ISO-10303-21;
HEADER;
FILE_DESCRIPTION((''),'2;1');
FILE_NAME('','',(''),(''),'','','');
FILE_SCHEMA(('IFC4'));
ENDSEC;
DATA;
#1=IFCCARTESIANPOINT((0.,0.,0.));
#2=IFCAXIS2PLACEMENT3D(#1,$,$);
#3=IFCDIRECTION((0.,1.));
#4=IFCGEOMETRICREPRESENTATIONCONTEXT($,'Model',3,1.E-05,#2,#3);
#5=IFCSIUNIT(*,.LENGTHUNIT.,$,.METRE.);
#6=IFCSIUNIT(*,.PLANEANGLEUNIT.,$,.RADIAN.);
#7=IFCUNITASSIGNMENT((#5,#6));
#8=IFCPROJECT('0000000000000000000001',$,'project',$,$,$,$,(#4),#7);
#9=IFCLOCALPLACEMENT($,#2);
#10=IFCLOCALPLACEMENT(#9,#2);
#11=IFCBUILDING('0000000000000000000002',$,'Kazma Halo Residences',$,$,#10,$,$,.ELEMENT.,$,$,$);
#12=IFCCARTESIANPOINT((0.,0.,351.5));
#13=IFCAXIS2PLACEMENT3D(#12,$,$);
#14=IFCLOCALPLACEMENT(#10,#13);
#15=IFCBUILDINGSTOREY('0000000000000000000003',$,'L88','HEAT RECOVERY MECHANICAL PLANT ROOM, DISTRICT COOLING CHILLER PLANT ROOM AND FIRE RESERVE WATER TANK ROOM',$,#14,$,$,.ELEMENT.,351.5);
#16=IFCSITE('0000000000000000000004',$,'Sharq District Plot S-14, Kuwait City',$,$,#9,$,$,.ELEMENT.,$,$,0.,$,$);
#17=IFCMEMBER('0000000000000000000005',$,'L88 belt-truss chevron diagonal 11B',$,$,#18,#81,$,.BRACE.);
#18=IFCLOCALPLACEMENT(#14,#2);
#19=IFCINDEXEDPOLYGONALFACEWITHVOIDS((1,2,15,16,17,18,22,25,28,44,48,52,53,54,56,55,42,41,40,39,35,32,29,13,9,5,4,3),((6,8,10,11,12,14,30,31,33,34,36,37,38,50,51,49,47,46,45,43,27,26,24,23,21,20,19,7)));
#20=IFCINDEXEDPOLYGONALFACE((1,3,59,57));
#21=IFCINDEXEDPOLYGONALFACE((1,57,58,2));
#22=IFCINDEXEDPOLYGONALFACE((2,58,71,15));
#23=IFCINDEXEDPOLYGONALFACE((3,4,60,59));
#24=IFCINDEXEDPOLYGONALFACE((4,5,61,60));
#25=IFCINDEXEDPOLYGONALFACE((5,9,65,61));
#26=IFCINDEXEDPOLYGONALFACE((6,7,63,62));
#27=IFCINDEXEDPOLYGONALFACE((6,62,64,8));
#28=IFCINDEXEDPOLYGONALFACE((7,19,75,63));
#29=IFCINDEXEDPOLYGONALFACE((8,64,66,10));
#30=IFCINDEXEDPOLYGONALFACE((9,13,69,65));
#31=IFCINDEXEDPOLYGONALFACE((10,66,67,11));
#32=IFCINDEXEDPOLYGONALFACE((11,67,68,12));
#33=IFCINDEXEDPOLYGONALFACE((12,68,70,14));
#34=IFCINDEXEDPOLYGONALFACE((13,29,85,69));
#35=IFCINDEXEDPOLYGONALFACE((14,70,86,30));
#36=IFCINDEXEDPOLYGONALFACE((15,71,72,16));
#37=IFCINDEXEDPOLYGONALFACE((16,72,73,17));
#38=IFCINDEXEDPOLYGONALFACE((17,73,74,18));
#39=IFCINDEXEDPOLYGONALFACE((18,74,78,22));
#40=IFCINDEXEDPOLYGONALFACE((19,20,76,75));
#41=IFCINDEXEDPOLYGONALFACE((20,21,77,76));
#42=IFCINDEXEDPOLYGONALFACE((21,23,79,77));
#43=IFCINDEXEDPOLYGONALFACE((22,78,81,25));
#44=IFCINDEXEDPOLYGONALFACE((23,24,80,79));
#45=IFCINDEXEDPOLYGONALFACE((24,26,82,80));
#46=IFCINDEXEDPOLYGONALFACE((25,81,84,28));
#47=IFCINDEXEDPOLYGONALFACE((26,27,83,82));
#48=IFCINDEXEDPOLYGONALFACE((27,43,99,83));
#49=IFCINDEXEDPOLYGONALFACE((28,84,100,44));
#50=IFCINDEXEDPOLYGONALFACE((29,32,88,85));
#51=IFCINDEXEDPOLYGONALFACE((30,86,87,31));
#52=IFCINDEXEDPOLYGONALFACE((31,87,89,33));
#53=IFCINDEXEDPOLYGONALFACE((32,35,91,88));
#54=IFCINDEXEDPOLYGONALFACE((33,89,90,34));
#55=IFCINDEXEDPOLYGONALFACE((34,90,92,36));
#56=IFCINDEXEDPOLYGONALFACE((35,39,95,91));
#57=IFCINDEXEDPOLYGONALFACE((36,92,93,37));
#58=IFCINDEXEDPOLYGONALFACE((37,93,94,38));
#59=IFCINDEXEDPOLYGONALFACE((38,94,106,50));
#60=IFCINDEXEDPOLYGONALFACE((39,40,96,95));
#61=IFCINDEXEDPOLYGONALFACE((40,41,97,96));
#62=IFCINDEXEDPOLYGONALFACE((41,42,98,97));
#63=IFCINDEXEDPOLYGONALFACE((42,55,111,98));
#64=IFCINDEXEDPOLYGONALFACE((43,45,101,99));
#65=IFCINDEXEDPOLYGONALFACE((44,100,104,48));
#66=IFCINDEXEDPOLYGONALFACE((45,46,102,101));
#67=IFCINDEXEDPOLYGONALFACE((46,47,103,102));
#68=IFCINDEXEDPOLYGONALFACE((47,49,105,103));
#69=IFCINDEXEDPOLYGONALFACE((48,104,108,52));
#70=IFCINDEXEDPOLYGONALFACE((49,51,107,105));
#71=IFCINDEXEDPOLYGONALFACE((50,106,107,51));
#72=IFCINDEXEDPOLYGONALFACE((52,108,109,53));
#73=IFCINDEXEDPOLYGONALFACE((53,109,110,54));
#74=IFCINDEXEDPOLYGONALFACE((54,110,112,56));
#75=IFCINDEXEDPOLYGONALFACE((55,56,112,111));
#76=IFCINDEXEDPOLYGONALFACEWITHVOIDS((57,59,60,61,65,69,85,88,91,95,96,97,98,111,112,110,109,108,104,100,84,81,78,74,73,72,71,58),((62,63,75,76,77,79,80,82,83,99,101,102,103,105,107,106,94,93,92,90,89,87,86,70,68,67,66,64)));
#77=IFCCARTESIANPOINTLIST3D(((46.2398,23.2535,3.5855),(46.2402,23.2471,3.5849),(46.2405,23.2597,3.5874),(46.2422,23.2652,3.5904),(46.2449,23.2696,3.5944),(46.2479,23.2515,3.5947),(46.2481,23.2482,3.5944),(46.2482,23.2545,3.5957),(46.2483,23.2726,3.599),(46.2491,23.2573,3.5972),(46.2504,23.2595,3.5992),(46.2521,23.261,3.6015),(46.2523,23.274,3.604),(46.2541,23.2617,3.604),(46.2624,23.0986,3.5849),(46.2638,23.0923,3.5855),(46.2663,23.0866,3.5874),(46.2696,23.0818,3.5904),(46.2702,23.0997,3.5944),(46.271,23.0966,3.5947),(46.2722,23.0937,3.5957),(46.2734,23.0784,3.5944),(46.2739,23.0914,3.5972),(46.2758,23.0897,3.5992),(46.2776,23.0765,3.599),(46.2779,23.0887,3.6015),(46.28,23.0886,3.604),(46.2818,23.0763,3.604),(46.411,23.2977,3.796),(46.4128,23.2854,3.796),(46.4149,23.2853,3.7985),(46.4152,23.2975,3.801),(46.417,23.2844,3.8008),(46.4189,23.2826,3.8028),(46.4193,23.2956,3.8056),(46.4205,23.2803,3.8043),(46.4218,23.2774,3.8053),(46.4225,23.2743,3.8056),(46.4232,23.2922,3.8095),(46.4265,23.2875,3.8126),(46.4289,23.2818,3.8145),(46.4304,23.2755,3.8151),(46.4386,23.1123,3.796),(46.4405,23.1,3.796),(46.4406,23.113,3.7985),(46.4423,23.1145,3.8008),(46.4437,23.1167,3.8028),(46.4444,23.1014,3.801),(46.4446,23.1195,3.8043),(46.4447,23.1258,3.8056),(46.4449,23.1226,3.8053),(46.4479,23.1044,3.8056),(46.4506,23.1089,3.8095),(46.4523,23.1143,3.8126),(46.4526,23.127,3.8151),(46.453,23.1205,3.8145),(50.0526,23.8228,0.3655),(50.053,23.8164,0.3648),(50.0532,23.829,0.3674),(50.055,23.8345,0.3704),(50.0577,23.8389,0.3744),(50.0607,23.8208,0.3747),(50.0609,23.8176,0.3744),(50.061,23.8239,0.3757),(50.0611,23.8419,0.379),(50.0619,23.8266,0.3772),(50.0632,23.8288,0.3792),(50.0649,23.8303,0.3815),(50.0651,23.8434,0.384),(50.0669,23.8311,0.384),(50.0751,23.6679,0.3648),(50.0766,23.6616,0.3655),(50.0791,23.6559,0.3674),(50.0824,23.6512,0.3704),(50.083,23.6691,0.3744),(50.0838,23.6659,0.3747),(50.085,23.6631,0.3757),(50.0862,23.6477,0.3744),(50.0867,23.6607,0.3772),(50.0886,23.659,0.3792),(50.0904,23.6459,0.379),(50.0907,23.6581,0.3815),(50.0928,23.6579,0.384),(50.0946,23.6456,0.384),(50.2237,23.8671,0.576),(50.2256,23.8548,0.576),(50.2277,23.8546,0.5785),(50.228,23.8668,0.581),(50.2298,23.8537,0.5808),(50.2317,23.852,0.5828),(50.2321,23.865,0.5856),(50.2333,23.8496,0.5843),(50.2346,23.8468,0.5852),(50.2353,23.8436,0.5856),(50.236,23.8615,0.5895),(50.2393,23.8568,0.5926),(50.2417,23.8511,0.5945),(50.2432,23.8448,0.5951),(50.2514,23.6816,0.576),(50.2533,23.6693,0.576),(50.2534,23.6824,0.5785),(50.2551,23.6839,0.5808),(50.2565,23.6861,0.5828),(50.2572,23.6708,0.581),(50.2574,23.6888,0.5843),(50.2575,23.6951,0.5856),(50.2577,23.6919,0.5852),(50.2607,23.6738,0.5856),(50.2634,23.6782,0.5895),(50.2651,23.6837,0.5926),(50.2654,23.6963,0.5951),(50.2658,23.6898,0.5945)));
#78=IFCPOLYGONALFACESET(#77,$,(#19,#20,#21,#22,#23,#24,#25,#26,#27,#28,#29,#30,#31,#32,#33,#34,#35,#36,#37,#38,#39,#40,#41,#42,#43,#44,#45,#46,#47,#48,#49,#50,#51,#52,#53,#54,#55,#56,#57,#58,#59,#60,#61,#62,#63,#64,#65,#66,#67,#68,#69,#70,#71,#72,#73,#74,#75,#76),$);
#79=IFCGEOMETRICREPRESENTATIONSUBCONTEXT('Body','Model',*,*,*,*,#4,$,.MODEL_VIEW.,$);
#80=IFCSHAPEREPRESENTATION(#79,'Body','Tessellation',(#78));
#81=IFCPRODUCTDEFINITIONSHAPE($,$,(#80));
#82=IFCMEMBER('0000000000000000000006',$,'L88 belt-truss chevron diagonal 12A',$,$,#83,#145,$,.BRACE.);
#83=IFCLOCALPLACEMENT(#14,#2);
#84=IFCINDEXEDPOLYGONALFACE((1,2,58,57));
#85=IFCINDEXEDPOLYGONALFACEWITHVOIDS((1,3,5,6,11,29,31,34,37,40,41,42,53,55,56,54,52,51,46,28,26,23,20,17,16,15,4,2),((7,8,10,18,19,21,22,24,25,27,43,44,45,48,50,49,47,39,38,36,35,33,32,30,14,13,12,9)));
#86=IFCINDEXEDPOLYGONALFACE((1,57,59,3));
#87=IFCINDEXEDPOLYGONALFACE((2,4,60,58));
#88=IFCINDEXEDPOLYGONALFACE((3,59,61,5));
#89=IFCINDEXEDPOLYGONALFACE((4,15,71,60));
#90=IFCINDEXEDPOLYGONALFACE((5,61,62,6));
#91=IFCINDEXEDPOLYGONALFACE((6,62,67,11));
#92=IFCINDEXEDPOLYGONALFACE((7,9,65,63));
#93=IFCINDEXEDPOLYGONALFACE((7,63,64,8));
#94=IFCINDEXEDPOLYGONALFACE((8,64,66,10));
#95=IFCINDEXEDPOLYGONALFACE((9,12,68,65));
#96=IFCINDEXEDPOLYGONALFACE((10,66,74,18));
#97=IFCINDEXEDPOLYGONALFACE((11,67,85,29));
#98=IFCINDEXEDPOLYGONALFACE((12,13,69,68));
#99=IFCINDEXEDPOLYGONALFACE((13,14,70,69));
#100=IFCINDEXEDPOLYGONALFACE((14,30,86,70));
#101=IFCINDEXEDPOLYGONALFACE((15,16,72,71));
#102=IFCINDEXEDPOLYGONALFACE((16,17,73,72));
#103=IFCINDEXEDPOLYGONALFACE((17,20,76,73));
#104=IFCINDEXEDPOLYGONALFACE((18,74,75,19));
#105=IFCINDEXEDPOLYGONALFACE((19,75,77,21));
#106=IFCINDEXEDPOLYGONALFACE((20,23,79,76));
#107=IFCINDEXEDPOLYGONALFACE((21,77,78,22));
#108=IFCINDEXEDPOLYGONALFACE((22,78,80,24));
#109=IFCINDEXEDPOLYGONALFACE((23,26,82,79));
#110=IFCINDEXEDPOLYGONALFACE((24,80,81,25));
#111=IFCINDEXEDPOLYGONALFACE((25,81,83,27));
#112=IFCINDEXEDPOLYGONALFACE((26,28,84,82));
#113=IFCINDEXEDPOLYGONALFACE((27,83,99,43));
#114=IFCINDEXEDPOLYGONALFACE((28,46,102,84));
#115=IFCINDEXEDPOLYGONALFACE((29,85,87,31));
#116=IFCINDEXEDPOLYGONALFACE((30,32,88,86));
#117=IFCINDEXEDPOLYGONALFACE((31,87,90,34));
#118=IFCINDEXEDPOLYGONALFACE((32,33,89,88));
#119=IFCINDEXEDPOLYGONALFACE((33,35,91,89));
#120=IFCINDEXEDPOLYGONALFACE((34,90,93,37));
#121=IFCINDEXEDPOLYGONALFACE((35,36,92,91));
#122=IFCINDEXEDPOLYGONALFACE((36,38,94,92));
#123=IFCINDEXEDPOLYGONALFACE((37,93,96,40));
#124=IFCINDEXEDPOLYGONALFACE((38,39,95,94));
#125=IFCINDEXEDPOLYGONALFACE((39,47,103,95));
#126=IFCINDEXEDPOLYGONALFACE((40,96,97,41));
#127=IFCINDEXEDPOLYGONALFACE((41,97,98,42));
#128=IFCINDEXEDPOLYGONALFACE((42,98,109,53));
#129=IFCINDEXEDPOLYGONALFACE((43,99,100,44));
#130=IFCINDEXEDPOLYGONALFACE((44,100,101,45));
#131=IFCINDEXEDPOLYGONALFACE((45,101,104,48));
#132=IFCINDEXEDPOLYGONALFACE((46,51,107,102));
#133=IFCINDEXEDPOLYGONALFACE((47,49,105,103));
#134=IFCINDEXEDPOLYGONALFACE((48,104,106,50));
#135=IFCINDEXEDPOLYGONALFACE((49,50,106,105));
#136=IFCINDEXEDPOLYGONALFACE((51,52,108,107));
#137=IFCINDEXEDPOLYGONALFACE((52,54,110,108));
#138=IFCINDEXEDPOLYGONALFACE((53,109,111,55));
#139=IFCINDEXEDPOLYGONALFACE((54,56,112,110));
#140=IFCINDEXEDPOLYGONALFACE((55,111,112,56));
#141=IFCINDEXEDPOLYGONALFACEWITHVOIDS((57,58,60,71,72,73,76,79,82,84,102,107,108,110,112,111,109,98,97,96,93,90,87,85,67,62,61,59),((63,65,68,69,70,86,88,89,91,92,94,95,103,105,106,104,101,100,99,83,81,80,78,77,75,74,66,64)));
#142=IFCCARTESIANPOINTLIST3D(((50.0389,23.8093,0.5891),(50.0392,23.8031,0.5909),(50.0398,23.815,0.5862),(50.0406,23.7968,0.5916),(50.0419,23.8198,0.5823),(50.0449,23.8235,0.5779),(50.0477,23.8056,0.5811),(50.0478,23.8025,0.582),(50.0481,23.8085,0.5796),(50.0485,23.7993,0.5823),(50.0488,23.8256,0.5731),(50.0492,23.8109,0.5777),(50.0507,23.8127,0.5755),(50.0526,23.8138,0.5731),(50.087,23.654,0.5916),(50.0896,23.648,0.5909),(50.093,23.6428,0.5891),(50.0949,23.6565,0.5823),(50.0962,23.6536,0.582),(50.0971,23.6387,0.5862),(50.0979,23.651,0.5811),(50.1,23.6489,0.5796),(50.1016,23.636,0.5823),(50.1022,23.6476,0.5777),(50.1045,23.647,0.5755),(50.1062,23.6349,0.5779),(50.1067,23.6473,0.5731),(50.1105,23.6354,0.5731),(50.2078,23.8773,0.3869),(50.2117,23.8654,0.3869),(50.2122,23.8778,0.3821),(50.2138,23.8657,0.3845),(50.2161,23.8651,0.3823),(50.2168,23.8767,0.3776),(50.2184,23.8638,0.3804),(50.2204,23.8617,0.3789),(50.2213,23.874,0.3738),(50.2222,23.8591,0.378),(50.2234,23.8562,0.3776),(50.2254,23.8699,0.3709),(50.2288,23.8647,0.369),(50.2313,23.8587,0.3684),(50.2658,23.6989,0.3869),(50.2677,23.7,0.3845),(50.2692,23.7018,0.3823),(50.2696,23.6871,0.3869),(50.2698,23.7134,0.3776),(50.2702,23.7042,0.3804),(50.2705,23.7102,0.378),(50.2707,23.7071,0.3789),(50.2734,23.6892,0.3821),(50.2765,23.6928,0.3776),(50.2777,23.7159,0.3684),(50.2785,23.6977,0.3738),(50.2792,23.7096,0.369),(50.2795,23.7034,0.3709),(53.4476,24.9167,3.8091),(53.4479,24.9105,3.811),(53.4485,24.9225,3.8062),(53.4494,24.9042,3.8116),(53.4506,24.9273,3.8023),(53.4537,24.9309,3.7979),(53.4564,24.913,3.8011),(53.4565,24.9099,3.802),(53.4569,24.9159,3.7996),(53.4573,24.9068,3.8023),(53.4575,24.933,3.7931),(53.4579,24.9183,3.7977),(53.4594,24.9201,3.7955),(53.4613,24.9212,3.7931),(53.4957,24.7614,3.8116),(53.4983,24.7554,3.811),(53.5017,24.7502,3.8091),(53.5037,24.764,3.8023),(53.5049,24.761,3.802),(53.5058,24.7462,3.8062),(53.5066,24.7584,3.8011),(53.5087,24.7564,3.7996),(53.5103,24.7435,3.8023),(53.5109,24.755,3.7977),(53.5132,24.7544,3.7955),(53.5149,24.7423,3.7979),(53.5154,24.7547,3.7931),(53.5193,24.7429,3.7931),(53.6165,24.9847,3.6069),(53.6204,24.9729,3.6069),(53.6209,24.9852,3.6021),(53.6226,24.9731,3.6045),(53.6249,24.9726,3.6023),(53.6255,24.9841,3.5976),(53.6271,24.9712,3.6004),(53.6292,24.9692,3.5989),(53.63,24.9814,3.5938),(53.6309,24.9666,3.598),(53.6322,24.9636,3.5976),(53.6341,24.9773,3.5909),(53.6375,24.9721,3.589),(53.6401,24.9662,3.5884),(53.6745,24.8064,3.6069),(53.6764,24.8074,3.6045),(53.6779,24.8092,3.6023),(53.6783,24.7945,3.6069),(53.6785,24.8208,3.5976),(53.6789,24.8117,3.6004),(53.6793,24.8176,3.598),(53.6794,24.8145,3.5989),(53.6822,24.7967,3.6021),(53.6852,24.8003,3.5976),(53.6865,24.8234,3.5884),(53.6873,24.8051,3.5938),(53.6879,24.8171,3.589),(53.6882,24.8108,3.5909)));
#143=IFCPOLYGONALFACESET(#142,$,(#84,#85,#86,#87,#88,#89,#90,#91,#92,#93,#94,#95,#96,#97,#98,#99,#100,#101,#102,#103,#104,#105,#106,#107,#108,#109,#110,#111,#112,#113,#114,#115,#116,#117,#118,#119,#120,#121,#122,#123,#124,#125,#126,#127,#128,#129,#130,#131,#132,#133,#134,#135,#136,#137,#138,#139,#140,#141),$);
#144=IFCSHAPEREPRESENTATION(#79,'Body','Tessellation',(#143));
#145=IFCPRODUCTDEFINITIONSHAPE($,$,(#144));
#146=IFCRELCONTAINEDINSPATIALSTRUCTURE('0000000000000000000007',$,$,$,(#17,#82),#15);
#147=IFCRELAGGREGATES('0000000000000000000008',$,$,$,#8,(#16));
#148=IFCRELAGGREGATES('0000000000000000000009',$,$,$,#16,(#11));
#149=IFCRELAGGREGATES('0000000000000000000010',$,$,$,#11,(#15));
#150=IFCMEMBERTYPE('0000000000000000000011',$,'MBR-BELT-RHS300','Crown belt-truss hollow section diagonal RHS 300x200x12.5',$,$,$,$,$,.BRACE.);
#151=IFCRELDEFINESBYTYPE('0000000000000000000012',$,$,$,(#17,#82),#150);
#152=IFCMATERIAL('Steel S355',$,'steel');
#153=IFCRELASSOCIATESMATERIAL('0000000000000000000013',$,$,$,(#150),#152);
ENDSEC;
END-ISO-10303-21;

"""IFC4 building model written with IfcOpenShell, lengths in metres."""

from ifc_helpers import new_model, si_unit, direction, frame, origin, origin_2d, place, context, subcontext, project, spatial, hollow_rectangle, extrude, material, material_profile, profile_set, type_object, element, save


model = new_model("IFC4")

# Units and contexts
model_context = context("Model", 3, precision=1e-05, world=origin(), true_north=direction((0.0, 1.0)))
body_context = subcontext(model_context, "Body", "Model", "MODEL_VIEW")
ifc_project = project(units=[si_unit("LENGTHUNIT", "METRE"), si_unit("PLANEANGLEUNIT", "RADIAN")], contexts=[model_context])

# Site, building, storey
site_placement = place(None, origin())
site = spatial("IfcSite", under=ifc_project, at=site_placement, Name="Sharq District Plot S-14, Kuwait City", CompositionType="ELEMENT", RefElevation=0.0)
building_placement = place(site_placement, origin())
building = spatial("IfcBuilding", under=site, at=building_placement, Name="Kazma Halo Residences", CompositionType="ELEMENT")
storey_placement = place(building_placement, frame((0.0, 0.0, 351.5)))
storey = spatial("IfcBuildingStorey", under=building, at=storey_placement, Name="L88", Description="HEAT RECOVERY MECHANICAL PLANT ROOM, DISTRICT COOLING CHILLER PLANT ROOM AND FIRE RESERVE WATER TANK ROOM", CompositionType="ELEMENT", Elevation=351.5)

# Shared definitions
ifc_material_1 = material(Name="Steel S355", Category="steel")

# Members
ifc_material_profile_1 = material_profile(ifc_material_1, hollow_rectangle(XDim=0.2, YDim=0.3, WallThickness=0.0125, InnerFilletRadius=0.0125, OuterFilletRadius=0.0249, at=origin_2d()), Name="RHS300x200x12.5")
ifc_profile_set_1 = profile_set([ifc_material_profile_1], Name="Steel S355")
member_type_1 = type_object("IfcMemberType", Name="MBR-BELT-RHS300", Description="Crown belt-truss hollow section diagonal RHS 300x200x12.5", PredefinedType="BRACE", material=ifc_profile_set_1)
member_1_placement = place(storey_placement, frame((50.1592, 23.7563, 0.48), z_axis=(-0.759075, -0.113348, 0.64106), x_axis=(0.147687, -0.989034, 0.0)))
element("IfcMember", 1, at=member_1_placement, inside=storey, type_object=member_type_1, Name="L88 belt-truss chevron diagonal 11B", PredefinedType="BRACE", context=body_context, shape_type="SweptSolid", body=[
    extrude(hollow_rectangle(XDim=0.2, YDim=0.3, WallThickness=0.0125, InnerFilletRadius=0.0125, OuterFilletRadius=0.0249, at=origin_2d()), origin(), (0.0, 0.0, 1.0), 5.0229),
])
member_2_placement = place(storey_placement, frame((50.1592, 23.7563, 0.48), z_axis=(0.707481, 0.229848, 0.668312), x_axis=(-0.308984, 0.951067, 0.0)))
element("IfcMember", 2, at=member_2_placement, inside=storey, type_object=member_type_1, Name="L88 belt-truss chevron diagonal 12A", PredefinedType="BRACE", context=body_context, shape_type="SweptSolid", body=[
    extrude(hollow_rectangle(XDim=0.2, YDim=0.3, WallThickness=0.0125, InnerFilletRadius=0.0125, OuterFilletRadius=0.0249, at=origin_2d()), origin(), (0.0, 0.0, 1.0), 4.8181),
])

save(model, "model.ifc")
